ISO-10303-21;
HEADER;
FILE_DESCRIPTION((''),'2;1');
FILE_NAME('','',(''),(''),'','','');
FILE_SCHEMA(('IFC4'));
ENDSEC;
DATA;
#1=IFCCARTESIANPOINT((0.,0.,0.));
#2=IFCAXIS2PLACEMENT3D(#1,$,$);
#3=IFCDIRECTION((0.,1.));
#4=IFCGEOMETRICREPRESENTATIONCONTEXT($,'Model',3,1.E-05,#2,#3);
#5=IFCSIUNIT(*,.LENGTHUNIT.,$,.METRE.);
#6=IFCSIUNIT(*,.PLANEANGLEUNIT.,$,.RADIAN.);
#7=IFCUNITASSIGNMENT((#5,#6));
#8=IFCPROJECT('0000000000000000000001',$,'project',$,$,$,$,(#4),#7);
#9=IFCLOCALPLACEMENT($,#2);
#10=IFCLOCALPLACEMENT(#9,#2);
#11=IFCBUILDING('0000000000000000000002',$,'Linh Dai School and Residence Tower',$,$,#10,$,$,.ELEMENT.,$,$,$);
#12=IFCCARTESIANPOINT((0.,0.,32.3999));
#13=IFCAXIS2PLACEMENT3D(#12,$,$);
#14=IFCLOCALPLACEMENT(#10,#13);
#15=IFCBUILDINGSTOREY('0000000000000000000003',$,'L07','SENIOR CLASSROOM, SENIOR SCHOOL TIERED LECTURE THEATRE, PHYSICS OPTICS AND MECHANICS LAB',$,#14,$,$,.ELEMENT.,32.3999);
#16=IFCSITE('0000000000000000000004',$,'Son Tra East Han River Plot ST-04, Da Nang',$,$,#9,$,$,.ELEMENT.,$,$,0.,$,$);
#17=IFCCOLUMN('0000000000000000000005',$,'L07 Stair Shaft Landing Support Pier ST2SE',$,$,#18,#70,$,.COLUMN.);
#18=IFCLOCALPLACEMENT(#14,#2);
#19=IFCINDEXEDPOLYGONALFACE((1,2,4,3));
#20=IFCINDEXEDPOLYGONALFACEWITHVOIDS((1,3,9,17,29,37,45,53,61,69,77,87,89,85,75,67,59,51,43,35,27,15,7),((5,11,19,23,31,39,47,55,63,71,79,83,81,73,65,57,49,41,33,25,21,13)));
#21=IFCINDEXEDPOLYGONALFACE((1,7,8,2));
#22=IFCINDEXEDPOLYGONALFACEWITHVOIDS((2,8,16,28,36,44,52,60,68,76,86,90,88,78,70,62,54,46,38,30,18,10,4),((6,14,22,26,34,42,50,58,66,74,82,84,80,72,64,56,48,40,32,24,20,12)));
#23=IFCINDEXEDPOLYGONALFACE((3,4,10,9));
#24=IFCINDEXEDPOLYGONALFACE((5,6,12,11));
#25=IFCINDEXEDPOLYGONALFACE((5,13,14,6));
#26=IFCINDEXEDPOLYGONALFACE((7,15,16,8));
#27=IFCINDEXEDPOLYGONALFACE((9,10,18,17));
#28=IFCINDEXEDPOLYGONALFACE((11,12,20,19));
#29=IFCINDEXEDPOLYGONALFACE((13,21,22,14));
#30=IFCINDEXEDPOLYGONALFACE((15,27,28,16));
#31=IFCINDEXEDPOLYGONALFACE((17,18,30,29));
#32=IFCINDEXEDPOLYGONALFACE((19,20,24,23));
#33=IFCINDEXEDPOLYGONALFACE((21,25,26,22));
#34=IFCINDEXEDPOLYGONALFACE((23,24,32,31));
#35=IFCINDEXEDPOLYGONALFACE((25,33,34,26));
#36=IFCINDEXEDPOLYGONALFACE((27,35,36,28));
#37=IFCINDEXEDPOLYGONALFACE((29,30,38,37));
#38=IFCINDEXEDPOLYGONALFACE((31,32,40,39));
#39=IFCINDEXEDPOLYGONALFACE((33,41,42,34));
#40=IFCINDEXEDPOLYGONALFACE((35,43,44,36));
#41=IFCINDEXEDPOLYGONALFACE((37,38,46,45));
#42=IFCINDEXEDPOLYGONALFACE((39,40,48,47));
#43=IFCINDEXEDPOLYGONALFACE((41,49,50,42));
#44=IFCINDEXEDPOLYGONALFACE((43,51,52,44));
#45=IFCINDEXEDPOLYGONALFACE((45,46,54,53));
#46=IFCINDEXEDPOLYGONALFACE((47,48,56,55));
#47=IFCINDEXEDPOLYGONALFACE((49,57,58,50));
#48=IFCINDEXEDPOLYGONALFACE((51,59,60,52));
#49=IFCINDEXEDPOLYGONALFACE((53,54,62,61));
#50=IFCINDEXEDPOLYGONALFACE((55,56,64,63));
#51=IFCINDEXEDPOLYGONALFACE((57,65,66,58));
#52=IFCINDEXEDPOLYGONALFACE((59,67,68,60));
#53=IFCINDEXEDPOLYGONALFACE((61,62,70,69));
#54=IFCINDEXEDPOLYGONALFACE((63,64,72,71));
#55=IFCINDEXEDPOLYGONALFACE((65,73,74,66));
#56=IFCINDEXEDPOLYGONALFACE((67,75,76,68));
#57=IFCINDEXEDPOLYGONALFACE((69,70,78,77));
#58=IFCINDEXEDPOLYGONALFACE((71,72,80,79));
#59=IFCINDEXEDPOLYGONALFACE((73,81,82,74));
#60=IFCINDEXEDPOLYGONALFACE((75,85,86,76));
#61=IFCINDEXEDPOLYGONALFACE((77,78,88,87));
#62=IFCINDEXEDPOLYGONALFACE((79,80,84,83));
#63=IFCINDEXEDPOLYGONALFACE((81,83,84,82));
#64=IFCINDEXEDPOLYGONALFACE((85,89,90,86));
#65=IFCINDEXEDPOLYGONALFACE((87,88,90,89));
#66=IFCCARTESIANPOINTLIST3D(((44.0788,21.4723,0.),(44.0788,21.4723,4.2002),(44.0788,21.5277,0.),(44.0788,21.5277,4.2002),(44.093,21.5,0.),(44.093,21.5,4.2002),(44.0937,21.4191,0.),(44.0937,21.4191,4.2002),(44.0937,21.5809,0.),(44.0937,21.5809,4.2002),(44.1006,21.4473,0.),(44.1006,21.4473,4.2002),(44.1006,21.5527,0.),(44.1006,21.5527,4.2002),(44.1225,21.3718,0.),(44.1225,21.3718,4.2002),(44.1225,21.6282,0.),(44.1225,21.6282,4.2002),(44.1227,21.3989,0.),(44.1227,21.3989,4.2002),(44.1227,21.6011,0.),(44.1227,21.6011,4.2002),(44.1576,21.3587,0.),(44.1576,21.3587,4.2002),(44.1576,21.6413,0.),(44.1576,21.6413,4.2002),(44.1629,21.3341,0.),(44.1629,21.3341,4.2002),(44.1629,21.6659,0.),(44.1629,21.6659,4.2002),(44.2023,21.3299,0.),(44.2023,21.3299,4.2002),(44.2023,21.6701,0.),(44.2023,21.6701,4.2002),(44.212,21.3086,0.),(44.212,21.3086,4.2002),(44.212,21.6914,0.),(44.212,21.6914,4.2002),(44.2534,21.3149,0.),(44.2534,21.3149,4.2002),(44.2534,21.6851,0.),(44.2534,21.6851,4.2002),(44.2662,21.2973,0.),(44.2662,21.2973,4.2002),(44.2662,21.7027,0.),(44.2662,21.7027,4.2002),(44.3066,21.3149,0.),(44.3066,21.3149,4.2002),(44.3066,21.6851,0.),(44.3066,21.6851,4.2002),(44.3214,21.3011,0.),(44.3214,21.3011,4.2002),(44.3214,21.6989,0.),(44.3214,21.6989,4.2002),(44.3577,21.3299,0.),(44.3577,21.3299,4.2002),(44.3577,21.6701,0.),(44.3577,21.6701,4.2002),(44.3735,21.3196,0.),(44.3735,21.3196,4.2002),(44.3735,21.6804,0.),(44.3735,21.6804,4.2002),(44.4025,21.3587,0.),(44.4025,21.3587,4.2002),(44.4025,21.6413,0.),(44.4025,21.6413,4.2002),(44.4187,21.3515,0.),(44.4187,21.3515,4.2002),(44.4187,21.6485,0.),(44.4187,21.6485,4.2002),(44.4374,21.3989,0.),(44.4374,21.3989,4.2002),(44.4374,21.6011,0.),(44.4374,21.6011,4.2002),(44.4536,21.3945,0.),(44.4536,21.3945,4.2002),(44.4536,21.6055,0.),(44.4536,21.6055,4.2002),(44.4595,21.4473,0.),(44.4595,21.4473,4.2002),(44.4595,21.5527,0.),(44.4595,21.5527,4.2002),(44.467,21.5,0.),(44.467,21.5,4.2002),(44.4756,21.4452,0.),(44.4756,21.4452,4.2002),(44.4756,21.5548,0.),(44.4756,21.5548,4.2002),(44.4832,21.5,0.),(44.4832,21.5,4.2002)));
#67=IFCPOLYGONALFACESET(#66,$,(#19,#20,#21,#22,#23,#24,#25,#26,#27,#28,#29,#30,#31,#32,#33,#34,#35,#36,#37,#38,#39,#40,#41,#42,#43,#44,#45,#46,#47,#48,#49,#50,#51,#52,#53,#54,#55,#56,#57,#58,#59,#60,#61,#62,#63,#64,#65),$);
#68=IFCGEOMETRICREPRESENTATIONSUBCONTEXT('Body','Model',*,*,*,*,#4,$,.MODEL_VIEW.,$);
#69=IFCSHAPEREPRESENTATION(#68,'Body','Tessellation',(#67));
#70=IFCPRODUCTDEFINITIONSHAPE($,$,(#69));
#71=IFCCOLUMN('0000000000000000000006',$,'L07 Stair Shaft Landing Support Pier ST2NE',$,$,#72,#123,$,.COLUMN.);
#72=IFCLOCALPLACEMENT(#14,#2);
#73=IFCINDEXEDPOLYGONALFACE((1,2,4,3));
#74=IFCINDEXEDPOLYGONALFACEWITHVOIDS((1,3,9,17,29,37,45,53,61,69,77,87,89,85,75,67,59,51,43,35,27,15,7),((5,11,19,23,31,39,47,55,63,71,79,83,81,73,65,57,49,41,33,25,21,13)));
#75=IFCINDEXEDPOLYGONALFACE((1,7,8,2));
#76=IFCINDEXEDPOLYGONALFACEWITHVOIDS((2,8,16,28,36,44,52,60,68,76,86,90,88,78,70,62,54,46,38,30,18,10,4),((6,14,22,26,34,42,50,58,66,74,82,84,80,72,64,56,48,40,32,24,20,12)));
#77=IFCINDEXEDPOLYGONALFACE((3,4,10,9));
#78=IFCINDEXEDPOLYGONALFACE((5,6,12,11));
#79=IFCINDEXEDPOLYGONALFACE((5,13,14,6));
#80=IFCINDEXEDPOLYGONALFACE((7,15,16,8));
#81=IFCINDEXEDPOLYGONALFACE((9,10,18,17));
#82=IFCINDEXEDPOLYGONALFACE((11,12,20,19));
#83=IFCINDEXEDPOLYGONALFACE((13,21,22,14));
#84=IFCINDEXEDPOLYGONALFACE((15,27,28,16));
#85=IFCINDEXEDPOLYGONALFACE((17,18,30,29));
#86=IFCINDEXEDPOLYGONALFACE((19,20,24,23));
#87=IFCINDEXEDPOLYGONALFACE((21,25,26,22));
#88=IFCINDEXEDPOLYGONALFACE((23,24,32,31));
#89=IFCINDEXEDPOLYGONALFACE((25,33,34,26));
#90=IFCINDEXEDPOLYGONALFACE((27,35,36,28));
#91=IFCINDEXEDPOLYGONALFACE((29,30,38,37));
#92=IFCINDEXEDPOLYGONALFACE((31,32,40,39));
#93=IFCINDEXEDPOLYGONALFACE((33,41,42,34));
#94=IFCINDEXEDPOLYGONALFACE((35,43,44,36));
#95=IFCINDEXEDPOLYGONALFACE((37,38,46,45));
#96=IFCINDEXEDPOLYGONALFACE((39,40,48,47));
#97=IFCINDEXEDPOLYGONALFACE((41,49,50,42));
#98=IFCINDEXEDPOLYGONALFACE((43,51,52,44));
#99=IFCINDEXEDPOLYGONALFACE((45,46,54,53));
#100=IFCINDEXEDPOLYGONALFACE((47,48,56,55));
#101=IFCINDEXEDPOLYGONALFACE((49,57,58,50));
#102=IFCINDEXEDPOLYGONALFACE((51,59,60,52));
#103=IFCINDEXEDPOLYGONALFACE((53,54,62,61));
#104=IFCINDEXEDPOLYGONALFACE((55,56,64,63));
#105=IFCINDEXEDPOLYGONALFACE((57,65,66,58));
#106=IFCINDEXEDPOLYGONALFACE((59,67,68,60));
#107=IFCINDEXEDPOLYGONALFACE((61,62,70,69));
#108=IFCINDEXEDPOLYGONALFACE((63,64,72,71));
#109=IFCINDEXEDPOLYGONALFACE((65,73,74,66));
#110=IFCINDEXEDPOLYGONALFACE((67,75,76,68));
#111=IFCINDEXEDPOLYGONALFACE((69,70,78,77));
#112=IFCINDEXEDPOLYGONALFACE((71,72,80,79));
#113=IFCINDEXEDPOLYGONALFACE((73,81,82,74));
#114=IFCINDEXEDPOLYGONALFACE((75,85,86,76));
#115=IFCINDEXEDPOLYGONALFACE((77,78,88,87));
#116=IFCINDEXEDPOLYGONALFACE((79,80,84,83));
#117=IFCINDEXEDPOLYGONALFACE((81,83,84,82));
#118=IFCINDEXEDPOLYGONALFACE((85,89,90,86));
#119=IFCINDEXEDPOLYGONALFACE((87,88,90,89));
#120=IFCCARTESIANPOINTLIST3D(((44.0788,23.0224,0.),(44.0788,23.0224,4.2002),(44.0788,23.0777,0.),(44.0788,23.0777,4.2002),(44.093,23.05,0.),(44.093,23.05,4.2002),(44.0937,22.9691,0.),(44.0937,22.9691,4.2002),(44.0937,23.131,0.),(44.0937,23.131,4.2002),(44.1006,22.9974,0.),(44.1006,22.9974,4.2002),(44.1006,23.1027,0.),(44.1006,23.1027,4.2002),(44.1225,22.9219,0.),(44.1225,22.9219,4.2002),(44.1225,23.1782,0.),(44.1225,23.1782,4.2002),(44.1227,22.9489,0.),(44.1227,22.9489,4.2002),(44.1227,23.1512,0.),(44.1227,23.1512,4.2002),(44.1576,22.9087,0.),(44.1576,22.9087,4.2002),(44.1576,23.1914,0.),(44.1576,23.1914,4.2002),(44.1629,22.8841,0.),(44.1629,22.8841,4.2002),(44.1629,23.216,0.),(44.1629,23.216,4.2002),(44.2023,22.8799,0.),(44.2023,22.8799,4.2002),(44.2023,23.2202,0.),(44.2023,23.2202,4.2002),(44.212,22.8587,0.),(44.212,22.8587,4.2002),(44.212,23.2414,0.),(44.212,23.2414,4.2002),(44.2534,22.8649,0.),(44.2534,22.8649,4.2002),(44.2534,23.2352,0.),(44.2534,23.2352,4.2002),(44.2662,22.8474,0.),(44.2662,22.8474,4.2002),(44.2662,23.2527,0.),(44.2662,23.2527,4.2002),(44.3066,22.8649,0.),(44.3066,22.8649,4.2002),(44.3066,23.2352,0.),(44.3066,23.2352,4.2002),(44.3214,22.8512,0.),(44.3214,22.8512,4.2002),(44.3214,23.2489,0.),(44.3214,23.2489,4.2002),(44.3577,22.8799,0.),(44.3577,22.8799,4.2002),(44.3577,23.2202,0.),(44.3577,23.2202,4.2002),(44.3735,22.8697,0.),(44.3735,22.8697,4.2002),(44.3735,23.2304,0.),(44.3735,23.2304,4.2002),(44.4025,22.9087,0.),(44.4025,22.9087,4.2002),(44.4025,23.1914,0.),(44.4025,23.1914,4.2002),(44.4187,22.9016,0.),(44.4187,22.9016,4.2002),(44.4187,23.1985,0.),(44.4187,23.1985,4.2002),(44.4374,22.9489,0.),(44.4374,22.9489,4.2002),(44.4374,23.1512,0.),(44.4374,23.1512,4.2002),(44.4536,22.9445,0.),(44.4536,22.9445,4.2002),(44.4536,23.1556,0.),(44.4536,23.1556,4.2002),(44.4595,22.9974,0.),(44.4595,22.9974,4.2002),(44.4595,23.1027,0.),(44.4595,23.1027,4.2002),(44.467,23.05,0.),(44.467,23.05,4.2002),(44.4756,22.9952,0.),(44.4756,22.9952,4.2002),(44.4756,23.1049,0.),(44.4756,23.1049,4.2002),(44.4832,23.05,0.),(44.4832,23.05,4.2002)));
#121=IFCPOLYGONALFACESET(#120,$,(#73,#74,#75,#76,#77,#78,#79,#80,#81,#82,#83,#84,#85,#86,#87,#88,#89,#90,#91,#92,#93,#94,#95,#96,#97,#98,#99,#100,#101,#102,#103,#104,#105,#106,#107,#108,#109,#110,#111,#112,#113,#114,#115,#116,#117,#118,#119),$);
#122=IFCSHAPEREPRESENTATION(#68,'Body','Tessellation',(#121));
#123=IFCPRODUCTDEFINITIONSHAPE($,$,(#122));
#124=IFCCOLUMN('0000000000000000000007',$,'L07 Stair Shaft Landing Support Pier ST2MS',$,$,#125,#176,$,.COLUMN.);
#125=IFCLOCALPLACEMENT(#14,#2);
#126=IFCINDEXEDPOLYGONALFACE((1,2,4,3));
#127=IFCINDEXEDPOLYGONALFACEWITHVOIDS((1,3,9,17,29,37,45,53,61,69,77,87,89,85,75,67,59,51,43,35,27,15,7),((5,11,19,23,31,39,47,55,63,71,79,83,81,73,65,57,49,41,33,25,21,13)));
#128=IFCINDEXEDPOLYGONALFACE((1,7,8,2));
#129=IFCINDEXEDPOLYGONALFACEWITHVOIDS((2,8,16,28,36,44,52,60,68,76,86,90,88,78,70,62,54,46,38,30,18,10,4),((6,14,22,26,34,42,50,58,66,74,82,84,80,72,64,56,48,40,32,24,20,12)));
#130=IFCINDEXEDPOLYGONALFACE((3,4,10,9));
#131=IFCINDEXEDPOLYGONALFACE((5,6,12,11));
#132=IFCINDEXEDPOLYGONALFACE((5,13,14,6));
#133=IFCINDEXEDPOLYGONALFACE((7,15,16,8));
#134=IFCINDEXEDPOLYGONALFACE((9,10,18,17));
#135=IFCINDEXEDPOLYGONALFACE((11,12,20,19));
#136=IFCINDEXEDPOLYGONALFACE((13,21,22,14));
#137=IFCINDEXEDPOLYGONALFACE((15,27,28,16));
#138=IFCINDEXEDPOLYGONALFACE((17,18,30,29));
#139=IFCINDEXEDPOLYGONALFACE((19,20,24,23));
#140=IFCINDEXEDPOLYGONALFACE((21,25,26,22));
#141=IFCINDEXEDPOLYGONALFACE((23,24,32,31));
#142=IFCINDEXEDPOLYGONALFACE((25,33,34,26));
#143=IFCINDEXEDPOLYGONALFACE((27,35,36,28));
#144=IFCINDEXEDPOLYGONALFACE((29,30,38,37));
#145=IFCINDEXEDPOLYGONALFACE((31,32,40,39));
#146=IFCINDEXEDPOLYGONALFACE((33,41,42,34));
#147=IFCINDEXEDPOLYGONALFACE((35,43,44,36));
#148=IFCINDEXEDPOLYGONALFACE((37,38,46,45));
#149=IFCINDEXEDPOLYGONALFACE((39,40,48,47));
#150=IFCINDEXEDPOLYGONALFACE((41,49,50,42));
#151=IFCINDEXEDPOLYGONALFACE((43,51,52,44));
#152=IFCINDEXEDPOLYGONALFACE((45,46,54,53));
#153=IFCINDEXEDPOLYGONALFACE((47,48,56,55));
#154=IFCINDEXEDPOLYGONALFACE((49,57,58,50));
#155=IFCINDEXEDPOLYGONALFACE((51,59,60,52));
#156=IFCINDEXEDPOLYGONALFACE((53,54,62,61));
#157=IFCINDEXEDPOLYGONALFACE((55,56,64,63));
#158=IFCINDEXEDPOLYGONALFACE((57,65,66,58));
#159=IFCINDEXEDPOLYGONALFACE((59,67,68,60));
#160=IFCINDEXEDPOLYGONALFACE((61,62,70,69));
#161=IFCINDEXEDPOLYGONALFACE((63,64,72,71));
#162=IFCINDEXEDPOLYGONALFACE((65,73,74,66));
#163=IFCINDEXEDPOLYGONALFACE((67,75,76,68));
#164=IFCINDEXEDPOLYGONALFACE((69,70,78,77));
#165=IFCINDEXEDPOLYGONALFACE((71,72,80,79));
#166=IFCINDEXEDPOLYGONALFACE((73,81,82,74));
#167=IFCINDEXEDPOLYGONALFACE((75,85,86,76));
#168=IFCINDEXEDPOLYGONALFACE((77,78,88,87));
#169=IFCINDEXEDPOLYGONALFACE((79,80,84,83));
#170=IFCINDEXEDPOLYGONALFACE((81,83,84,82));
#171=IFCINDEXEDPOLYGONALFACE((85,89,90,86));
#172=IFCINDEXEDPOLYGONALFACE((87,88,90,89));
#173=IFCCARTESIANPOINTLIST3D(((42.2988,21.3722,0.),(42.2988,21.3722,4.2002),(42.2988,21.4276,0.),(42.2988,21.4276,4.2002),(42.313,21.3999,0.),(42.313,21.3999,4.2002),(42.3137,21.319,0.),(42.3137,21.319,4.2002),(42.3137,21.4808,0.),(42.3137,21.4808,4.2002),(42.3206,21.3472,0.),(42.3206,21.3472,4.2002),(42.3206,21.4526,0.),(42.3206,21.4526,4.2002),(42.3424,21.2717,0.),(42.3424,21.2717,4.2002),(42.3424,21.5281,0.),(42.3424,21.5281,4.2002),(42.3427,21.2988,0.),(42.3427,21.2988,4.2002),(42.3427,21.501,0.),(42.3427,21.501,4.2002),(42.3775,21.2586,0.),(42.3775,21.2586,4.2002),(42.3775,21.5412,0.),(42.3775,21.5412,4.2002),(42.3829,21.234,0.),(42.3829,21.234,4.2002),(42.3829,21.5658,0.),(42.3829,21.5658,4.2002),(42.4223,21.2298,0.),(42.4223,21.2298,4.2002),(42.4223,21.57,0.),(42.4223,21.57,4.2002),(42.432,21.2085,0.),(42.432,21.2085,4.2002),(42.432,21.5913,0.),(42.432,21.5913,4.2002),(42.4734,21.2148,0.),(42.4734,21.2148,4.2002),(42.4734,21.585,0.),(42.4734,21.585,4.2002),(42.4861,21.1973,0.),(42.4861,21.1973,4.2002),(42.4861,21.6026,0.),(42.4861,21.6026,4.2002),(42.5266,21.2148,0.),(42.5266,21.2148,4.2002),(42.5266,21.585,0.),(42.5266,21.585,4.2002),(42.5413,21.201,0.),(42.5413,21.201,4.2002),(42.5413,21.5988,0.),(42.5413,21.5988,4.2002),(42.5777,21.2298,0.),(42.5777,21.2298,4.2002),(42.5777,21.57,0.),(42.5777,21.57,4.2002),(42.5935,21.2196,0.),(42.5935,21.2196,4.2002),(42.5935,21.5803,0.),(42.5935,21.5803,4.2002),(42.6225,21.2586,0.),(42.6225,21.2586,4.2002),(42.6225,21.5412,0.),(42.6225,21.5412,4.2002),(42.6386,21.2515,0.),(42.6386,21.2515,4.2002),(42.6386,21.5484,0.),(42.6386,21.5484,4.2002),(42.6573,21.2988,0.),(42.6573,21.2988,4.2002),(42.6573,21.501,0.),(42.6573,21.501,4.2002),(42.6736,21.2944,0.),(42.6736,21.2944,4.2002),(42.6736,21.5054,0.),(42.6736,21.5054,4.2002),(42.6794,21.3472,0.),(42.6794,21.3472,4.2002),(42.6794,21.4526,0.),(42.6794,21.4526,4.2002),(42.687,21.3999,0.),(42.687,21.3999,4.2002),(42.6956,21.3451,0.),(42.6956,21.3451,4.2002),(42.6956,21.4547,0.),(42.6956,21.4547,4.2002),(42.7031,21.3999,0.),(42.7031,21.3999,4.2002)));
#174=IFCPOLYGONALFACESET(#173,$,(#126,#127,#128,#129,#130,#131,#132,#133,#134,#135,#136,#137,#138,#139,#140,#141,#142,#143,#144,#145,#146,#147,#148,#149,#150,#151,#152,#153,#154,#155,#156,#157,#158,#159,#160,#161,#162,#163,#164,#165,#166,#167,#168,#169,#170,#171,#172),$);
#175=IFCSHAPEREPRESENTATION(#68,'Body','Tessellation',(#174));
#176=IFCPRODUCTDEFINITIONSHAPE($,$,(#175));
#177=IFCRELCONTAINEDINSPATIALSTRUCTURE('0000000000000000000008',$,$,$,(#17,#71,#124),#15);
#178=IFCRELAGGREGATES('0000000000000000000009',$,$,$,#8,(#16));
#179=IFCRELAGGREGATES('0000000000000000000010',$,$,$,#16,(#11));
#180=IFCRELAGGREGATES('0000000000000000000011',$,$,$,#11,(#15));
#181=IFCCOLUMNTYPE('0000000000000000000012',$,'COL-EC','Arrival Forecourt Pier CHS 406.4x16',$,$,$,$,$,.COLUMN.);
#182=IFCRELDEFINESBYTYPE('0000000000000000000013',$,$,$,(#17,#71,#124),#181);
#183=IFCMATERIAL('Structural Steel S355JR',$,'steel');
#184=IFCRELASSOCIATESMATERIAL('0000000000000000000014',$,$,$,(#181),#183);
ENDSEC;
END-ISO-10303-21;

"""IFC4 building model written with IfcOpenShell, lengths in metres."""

from ifc_helpers import new_model, si_unit, direction, frame, origin, origin_2d, place, context, subcontext, project, spatial, hollow_circle, extrude, material, material_profile, profile_set, type_object, element, save


model = new_model("IFC4")

# Units and contexts
model_context = context("Model", 3, precision=1e-05, world=origin(), true_north=direction((0.0, 1.0)))
body_context = subcontext(model_context, "Body", "Model", "MODEL_VIEW")
ifc_project = project(units=[si_unit("LENGTHUNIT", "METRE"), si_unit("PLANEANGLEUNIT", "RADIAN")], contexts=[model_context])

# Site, building, storey
site_placement = place(None, origin())
site = spatial("IfcSite", under=ifc_project, at=site_placement, Name="Son Tra East Han River Plot ST-04, Da Nang", CompositionType="ELEMENT", RefElevation=0.0)
building_placement = place(site_placement, origin())
building = spatial("IfcBuilding", under=site, at=building_placement, Name="Linh Dai School and Residence Tower", CompositionType="ELEMENT")
storey_placement = place(building_placement, frame((0.0, 0.0, 32.3999)))
storey = spatial("IfcBuildingStorey", under=building, at=storey_placement, Name="L07", Description="SENIOR CLASSROOM, SENIOR SCHOOL TIERED LECTURE THEATRE, PHYSICS OPTICS AND MECHANICS LAB", CompositionType="ELEMENT", Elevation=32.3999)

# Columns
ifc_material_1 = material(Name="Structural Steel S355JR", Category="steel")
ifc_material_profile_1 = material_profile(ifc_material_1, hollow_circle(Radius=0.2031, WallThickness=0.0161, at=origin_2d()), Name="CHS 406.4x16")
ifc_profile_set_1 = profile_set([ifc_material_profile_1], Name="Structural Steel S355JR")
column_type_1 = type_object("IfcColumnType", Name="COL-EC", Description="Arrival Forecourt Pier CHS 406.4x16", PredefinedType="COLUMN", material=ifc_profile_set_1)
for number, where, z_axis, x_axis, name in (
    (1, (44.28, 21.5, 0.0), (0.0, 0.0, 1.0), (1.0, 0.0, 0.0), "L07 Stair Shaft Landing Support Pier ST2SE"),
    (2, (44.28, 23.05, 0.0), (0.0, 0.0, 1.0), (1.0, 0.0, 0.0), "L07 Stair Shaft Landing Support Pier ST2NE"),
    (3, (42.5, 21.3999, 0.0), (0.0, 0.0, 1.0), (1.0, 0.0, 0.0), "L07 Stair Shaft Landing Support Pier ST2MS"),
):
    element("IfcColumn", number, at=place(storey_placement, frame(where, z_axis=z_axis, x_axis=x_axis)), inside=storey, type_object=column_type_1, Name=name, PredefinedType="COLUMN", context=body_context, shape_type="SweptSolid", body=[
        extrude(hollow_circle(Radius=0.2031, WallThickness=0.0161, at=origin_2d()), origin(), (0.0, 0.0, 1.0), 4.2002),
    ])

save(model, "model.ifc")
